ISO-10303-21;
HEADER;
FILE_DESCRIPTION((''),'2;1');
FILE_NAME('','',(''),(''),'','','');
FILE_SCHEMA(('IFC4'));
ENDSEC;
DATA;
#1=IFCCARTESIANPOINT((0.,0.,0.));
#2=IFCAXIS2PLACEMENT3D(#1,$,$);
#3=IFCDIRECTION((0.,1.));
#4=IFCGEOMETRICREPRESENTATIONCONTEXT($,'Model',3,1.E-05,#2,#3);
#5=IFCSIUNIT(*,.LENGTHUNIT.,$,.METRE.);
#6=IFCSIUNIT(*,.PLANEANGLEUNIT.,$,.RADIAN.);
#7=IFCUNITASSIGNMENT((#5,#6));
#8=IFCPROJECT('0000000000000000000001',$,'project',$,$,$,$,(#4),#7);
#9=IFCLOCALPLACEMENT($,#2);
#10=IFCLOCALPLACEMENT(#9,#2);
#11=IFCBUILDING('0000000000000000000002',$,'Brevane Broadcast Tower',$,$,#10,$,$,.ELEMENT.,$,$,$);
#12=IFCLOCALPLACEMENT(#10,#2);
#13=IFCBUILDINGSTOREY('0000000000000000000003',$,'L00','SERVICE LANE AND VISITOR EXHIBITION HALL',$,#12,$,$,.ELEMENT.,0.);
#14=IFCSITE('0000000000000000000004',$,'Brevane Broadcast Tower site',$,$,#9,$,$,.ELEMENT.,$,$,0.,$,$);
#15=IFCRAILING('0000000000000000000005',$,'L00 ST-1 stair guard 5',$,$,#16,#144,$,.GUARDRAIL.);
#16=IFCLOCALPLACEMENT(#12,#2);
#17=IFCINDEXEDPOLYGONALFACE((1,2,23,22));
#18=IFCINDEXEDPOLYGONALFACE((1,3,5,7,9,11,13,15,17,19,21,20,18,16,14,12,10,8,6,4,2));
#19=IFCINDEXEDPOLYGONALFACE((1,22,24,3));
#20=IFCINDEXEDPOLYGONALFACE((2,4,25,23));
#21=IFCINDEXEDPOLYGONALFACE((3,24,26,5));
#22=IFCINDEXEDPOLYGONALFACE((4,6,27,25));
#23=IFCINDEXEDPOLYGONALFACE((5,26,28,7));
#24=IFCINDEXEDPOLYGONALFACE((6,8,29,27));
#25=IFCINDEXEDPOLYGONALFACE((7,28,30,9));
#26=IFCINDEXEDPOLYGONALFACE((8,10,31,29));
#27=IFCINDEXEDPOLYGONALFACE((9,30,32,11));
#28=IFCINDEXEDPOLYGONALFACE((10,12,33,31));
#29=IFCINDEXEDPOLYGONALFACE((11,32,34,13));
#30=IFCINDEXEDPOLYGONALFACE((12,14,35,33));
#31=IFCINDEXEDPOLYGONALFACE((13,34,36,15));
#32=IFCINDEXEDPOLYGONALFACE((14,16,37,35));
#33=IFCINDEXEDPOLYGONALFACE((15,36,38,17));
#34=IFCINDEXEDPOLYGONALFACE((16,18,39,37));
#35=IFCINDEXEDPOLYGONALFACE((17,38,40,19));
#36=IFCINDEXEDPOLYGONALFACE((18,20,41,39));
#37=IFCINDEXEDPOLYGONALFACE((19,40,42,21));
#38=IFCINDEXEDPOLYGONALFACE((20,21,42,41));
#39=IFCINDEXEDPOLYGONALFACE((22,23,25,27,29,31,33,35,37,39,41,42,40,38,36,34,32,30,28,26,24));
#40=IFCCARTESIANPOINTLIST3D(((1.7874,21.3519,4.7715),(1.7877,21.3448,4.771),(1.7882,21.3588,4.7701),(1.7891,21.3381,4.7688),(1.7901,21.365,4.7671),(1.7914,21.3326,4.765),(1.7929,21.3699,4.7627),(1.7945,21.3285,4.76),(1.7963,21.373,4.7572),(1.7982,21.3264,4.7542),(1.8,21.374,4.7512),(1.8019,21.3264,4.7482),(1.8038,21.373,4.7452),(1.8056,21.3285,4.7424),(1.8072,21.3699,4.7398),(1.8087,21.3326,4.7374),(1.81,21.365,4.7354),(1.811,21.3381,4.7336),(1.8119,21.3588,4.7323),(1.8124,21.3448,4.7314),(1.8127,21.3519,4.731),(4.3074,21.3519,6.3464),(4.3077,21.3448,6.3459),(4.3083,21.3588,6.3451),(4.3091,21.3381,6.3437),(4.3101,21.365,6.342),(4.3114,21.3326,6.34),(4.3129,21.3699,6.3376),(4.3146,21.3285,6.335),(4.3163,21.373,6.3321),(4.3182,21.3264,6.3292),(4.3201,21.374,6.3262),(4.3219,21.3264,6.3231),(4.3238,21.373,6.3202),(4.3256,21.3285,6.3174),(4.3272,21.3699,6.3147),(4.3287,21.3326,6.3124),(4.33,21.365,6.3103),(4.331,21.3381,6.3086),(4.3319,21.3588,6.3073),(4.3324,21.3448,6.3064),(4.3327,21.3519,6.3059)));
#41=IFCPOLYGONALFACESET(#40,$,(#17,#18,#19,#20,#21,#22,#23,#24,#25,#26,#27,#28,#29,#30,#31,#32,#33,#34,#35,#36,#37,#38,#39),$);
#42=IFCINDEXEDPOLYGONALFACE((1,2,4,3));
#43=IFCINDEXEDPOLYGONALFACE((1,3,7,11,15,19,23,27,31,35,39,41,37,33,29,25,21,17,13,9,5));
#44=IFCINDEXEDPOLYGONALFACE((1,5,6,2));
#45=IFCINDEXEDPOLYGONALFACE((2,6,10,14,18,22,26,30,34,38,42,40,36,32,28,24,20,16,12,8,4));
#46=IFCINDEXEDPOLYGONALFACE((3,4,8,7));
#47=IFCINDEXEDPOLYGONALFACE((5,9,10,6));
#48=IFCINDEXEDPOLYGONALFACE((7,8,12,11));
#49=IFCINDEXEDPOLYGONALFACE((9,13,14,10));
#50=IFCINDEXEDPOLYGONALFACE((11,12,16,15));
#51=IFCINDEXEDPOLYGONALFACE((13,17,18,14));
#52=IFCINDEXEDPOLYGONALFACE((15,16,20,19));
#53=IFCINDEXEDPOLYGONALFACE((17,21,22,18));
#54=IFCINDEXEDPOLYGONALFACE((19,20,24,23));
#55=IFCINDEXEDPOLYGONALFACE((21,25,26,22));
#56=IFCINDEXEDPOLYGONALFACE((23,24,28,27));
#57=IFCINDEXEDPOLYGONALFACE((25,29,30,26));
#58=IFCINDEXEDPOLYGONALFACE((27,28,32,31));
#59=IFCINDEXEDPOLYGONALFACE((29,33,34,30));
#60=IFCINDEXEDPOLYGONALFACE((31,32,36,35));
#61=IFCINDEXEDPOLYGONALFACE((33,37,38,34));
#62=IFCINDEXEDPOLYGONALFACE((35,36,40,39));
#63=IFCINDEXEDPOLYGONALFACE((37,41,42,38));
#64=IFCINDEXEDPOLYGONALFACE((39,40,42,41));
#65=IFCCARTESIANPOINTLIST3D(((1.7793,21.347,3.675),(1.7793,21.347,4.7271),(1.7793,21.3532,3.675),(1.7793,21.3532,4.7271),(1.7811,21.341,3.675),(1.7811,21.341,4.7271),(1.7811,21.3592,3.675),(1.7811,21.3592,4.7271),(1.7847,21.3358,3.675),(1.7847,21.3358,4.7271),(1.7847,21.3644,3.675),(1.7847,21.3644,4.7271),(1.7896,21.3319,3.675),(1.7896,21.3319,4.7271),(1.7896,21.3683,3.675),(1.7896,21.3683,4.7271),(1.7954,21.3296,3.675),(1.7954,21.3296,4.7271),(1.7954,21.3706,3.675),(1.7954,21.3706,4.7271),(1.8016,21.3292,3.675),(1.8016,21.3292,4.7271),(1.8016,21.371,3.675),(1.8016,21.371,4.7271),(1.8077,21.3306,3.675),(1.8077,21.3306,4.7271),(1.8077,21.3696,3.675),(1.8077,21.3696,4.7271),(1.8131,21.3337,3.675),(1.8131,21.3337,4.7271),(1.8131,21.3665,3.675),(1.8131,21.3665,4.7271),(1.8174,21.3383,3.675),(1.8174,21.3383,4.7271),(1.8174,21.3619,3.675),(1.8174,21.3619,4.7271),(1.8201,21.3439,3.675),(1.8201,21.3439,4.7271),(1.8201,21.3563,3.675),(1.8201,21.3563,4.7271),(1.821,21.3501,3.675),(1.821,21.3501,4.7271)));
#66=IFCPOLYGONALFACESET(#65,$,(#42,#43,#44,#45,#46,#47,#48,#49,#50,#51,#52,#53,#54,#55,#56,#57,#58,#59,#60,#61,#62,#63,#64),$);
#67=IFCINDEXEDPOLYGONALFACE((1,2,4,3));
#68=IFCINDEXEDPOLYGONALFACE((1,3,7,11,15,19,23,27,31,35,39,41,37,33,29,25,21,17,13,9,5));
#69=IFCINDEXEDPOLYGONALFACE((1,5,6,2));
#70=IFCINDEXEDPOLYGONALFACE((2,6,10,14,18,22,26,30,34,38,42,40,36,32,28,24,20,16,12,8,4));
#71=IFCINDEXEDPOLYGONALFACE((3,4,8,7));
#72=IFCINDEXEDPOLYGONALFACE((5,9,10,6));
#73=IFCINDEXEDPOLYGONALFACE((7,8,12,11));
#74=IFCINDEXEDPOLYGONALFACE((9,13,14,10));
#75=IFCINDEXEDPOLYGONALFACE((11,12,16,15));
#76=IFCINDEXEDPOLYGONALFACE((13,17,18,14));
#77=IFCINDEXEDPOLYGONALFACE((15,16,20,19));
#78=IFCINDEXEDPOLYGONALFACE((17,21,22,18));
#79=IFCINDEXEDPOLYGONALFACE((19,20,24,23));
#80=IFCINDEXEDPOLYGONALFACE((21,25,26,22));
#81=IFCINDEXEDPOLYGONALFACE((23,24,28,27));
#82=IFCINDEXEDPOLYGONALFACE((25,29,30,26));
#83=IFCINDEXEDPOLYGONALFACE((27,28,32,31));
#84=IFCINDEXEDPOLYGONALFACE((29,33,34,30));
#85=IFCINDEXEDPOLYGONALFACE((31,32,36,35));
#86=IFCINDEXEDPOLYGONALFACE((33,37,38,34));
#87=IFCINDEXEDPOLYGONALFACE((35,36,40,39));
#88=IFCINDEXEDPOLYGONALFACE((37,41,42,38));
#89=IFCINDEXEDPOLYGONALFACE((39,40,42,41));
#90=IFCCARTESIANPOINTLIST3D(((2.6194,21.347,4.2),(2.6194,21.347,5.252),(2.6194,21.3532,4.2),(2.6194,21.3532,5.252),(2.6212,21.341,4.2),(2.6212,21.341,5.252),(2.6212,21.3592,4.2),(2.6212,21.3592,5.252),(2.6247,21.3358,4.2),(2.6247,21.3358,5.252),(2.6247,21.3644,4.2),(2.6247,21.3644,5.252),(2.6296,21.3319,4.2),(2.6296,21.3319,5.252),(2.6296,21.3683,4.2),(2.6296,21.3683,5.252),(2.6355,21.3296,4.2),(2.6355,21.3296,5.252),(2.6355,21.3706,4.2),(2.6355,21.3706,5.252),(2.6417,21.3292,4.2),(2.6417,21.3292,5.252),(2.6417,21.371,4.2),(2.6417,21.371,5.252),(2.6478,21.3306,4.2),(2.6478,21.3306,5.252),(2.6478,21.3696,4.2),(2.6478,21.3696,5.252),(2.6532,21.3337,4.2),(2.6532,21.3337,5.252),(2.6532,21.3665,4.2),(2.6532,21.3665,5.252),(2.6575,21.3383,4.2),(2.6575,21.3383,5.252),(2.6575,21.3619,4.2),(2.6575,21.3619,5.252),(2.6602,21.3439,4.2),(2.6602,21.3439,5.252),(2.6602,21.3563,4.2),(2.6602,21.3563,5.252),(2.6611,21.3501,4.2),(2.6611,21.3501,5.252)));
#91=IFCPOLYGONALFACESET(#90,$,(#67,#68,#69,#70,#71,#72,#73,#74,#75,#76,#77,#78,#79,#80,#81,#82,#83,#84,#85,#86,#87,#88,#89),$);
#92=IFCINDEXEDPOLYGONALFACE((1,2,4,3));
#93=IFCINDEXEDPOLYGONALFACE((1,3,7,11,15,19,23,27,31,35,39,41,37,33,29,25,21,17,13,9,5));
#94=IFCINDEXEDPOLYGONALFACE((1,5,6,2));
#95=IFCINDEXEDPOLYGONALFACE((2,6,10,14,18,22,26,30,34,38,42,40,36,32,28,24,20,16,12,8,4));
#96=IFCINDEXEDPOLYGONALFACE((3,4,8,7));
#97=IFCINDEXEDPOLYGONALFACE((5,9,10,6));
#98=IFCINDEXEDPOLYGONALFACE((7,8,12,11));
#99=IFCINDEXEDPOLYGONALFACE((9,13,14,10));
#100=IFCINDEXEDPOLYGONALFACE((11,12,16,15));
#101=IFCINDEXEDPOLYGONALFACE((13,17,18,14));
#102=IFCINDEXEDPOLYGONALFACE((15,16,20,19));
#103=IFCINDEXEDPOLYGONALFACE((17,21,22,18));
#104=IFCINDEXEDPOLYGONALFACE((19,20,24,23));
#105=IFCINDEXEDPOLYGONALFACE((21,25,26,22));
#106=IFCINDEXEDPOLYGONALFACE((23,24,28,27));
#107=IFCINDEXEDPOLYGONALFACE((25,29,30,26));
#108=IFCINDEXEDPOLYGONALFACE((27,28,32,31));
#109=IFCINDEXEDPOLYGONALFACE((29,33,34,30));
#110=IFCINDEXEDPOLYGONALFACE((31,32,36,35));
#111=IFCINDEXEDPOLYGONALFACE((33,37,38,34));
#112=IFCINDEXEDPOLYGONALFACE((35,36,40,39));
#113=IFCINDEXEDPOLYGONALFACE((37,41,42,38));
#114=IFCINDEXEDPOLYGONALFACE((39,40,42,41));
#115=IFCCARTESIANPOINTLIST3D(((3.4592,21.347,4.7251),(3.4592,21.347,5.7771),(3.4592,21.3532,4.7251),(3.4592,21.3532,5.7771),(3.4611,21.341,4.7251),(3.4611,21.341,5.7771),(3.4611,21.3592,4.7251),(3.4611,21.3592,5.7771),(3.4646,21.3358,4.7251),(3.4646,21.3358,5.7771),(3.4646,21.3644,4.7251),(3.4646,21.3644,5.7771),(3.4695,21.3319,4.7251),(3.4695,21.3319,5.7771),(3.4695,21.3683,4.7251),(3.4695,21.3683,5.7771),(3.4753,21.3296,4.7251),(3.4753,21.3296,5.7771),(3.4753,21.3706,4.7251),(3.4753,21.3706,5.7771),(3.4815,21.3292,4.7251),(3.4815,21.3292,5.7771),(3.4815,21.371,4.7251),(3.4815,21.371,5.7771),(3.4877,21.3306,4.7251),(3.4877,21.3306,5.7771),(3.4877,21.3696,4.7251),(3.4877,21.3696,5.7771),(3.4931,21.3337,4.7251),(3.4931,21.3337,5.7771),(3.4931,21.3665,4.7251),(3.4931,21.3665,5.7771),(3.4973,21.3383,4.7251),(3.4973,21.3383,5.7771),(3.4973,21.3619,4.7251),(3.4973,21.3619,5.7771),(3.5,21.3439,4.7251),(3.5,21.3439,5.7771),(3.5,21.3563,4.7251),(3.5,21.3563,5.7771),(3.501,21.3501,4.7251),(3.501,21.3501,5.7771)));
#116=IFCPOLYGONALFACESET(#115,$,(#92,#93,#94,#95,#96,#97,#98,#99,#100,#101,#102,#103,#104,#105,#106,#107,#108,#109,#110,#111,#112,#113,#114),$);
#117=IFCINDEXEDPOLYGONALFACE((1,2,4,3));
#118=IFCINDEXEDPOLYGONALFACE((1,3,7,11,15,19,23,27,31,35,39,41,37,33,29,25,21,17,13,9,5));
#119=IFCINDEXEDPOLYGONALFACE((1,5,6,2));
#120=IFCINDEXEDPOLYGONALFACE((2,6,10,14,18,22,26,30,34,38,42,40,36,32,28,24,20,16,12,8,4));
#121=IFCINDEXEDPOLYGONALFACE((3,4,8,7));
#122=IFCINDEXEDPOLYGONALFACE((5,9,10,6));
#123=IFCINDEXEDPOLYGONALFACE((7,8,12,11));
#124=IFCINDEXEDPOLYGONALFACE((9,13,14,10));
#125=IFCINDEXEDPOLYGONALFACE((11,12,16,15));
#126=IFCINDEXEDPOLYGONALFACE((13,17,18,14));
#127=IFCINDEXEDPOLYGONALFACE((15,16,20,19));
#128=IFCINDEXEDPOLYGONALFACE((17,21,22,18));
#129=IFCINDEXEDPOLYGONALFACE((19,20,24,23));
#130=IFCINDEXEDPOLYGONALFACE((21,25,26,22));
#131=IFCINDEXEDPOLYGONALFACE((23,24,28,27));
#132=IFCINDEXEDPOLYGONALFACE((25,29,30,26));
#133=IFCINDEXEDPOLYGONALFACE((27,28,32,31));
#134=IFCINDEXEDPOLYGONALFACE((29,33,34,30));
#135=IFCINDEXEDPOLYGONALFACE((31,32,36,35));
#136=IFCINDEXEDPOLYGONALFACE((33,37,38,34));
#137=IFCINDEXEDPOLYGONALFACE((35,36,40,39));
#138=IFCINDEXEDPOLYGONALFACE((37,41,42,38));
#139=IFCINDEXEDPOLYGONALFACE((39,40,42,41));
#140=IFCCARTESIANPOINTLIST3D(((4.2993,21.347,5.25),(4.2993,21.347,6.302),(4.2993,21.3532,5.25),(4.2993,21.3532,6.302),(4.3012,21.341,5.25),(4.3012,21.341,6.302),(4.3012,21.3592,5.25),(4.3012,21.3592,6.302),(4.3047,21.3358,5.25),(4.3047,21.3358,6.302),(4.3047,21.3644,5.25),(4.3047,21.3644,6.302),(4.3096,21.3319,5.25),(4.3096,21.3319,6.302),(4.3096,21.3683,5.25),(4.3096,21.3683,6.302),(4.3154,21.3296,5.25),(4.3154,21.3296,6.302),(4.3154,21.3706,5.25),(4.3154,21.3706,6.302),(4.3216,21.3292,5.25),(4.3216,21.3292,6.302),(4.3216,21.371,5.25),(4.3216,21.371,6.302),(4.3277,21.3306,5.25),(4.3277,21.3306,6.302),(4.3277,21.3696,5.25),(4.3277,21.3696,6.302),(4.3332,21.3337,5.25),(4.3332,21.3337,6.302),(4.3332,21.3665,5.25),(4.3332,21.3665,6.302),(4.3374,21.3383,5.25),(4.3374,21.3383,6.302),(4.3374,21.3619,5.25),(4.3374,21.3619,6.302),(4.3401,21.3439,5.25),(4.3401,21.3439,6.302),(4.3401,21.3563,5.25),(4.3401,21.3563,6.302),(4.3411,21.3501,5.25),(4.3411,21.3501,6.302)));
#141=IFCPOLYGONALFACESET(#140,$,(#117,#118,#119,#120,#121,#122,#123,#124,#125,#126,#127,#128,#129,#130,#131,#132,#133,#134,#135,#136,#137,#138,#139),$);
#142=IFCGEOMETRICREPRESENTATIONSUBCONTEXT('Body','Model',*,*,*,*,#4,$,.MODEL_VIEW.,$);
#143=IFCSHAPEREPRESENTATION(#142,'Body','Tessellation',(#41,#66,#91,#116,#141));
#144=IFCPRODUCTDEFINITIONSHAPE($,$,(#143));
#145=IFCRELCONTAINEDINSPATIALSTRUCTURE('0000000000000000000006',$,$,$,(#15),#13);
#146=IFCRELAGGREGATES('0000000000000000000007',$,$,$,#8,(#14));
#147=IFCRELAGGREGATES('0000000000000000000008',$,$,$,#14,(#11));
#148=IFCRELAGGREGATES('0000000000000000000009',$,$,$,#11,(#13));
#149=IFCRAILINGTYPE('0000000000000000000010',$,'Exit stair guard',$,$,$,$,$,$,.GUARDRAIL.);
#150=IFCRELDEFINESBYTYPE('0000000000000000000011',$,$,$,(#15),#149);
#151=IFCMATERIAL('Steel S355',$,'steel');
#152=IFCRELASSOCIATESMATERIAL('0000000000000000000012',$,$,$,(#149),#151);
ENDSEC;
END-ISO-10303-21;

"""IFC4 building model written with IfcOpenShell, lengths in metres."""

from ifc_helpers import new_model, si_unit, direction, frame, origin, origin_2d, place, context, subcontext, project, spatial, circle, extrude, material, type_object, element, save


model = new_model("IFC4")

# Units and contexts
model_context = context("Model", 3, precision=1e-05, world=origin(), true_north=direction((0.0, 1.0)))
body_context = subcontext(model_context, "Body", "Model", "MODEL_VIEW")
ifc_project = project(units=[si_unit("LENGTHUNIT", "METRE"), si_unit("PLANEANGLEUNIT", "RADIAN")], contexts=[model_context])

# Site, building, storey
site_placement = place(None, origin())
site = spatial("IfcSite", under=ifc_project, at=site_placement, Name="Brevane Broadcast Tower site", CompositionType="ELEMENT", RefElevation=0.0)
building_placement = place(site_placement, origin())
building = spatial("IfcBuilding", under=site, at=building_placement, Name="Brevane Broadcast Tower", CompositionType="ELEMENT")
storey_placement = place(building_placement, origin())
storey = spatial("IfcBuildingStorey", under=building, at=storey_placement, Name="L00", Description="SERVICE LANE AND VISITOR EXHIBITION HALL", CompositionType="ELEMENT", Elevation=0.0)

# Railing
ifc_material_1 = material(Name="Steel S355", Category="steel")
railing_type_1 = type_object("IfcRailingType", Name="Exit stair guard", PredefinedType="GUARDRAIL", material=ifc_material_1)
railing_1_placement = place(storey_placement, frame((1.8, 21.3501, 3.675)))
element("IfcRailing", 1, at=railing_1_placement, inside=storey, type_object=railing_type_1, Name="L00 ST-1 stair guard 5", PredefinedType="GUARDRAIL", context=body_context, shape_type="SweptSolid", body=[
    extrude(circle(Radius=0.0239, at=origin_2d()), frame((0.0, 0.0, 1.0762), z_axis=(0.848008, 0.0, 0.529984), x_axis=(0.0, 1.0, 0.0)), (0.0, 0.0, 1.0), 2.9717),
    extrude(circle(Radius=0.021, at=origin_2d()), origin(), (0.0, 0.0, 1.0), 1.052),
    extrude(circle(Radius=0.021, at=origin_2d()), frame((0.8401, 0.0, 0.5249)), (0.0, 0.0, 1.0), 1.052),
    extrude(circle(Radius=0.021, at=origin_2d()), frame((1.6799, 0.0, 1.05)), (0.0, 0.0, 1.0), 1.052),
    extrude(circle(Radius=0.021, at=origin_2d()), frame((2.52, 0.0, 1.575)), (0.0, 0.0, 1.0), 1.052),
])

save(model, "model.ifc")
